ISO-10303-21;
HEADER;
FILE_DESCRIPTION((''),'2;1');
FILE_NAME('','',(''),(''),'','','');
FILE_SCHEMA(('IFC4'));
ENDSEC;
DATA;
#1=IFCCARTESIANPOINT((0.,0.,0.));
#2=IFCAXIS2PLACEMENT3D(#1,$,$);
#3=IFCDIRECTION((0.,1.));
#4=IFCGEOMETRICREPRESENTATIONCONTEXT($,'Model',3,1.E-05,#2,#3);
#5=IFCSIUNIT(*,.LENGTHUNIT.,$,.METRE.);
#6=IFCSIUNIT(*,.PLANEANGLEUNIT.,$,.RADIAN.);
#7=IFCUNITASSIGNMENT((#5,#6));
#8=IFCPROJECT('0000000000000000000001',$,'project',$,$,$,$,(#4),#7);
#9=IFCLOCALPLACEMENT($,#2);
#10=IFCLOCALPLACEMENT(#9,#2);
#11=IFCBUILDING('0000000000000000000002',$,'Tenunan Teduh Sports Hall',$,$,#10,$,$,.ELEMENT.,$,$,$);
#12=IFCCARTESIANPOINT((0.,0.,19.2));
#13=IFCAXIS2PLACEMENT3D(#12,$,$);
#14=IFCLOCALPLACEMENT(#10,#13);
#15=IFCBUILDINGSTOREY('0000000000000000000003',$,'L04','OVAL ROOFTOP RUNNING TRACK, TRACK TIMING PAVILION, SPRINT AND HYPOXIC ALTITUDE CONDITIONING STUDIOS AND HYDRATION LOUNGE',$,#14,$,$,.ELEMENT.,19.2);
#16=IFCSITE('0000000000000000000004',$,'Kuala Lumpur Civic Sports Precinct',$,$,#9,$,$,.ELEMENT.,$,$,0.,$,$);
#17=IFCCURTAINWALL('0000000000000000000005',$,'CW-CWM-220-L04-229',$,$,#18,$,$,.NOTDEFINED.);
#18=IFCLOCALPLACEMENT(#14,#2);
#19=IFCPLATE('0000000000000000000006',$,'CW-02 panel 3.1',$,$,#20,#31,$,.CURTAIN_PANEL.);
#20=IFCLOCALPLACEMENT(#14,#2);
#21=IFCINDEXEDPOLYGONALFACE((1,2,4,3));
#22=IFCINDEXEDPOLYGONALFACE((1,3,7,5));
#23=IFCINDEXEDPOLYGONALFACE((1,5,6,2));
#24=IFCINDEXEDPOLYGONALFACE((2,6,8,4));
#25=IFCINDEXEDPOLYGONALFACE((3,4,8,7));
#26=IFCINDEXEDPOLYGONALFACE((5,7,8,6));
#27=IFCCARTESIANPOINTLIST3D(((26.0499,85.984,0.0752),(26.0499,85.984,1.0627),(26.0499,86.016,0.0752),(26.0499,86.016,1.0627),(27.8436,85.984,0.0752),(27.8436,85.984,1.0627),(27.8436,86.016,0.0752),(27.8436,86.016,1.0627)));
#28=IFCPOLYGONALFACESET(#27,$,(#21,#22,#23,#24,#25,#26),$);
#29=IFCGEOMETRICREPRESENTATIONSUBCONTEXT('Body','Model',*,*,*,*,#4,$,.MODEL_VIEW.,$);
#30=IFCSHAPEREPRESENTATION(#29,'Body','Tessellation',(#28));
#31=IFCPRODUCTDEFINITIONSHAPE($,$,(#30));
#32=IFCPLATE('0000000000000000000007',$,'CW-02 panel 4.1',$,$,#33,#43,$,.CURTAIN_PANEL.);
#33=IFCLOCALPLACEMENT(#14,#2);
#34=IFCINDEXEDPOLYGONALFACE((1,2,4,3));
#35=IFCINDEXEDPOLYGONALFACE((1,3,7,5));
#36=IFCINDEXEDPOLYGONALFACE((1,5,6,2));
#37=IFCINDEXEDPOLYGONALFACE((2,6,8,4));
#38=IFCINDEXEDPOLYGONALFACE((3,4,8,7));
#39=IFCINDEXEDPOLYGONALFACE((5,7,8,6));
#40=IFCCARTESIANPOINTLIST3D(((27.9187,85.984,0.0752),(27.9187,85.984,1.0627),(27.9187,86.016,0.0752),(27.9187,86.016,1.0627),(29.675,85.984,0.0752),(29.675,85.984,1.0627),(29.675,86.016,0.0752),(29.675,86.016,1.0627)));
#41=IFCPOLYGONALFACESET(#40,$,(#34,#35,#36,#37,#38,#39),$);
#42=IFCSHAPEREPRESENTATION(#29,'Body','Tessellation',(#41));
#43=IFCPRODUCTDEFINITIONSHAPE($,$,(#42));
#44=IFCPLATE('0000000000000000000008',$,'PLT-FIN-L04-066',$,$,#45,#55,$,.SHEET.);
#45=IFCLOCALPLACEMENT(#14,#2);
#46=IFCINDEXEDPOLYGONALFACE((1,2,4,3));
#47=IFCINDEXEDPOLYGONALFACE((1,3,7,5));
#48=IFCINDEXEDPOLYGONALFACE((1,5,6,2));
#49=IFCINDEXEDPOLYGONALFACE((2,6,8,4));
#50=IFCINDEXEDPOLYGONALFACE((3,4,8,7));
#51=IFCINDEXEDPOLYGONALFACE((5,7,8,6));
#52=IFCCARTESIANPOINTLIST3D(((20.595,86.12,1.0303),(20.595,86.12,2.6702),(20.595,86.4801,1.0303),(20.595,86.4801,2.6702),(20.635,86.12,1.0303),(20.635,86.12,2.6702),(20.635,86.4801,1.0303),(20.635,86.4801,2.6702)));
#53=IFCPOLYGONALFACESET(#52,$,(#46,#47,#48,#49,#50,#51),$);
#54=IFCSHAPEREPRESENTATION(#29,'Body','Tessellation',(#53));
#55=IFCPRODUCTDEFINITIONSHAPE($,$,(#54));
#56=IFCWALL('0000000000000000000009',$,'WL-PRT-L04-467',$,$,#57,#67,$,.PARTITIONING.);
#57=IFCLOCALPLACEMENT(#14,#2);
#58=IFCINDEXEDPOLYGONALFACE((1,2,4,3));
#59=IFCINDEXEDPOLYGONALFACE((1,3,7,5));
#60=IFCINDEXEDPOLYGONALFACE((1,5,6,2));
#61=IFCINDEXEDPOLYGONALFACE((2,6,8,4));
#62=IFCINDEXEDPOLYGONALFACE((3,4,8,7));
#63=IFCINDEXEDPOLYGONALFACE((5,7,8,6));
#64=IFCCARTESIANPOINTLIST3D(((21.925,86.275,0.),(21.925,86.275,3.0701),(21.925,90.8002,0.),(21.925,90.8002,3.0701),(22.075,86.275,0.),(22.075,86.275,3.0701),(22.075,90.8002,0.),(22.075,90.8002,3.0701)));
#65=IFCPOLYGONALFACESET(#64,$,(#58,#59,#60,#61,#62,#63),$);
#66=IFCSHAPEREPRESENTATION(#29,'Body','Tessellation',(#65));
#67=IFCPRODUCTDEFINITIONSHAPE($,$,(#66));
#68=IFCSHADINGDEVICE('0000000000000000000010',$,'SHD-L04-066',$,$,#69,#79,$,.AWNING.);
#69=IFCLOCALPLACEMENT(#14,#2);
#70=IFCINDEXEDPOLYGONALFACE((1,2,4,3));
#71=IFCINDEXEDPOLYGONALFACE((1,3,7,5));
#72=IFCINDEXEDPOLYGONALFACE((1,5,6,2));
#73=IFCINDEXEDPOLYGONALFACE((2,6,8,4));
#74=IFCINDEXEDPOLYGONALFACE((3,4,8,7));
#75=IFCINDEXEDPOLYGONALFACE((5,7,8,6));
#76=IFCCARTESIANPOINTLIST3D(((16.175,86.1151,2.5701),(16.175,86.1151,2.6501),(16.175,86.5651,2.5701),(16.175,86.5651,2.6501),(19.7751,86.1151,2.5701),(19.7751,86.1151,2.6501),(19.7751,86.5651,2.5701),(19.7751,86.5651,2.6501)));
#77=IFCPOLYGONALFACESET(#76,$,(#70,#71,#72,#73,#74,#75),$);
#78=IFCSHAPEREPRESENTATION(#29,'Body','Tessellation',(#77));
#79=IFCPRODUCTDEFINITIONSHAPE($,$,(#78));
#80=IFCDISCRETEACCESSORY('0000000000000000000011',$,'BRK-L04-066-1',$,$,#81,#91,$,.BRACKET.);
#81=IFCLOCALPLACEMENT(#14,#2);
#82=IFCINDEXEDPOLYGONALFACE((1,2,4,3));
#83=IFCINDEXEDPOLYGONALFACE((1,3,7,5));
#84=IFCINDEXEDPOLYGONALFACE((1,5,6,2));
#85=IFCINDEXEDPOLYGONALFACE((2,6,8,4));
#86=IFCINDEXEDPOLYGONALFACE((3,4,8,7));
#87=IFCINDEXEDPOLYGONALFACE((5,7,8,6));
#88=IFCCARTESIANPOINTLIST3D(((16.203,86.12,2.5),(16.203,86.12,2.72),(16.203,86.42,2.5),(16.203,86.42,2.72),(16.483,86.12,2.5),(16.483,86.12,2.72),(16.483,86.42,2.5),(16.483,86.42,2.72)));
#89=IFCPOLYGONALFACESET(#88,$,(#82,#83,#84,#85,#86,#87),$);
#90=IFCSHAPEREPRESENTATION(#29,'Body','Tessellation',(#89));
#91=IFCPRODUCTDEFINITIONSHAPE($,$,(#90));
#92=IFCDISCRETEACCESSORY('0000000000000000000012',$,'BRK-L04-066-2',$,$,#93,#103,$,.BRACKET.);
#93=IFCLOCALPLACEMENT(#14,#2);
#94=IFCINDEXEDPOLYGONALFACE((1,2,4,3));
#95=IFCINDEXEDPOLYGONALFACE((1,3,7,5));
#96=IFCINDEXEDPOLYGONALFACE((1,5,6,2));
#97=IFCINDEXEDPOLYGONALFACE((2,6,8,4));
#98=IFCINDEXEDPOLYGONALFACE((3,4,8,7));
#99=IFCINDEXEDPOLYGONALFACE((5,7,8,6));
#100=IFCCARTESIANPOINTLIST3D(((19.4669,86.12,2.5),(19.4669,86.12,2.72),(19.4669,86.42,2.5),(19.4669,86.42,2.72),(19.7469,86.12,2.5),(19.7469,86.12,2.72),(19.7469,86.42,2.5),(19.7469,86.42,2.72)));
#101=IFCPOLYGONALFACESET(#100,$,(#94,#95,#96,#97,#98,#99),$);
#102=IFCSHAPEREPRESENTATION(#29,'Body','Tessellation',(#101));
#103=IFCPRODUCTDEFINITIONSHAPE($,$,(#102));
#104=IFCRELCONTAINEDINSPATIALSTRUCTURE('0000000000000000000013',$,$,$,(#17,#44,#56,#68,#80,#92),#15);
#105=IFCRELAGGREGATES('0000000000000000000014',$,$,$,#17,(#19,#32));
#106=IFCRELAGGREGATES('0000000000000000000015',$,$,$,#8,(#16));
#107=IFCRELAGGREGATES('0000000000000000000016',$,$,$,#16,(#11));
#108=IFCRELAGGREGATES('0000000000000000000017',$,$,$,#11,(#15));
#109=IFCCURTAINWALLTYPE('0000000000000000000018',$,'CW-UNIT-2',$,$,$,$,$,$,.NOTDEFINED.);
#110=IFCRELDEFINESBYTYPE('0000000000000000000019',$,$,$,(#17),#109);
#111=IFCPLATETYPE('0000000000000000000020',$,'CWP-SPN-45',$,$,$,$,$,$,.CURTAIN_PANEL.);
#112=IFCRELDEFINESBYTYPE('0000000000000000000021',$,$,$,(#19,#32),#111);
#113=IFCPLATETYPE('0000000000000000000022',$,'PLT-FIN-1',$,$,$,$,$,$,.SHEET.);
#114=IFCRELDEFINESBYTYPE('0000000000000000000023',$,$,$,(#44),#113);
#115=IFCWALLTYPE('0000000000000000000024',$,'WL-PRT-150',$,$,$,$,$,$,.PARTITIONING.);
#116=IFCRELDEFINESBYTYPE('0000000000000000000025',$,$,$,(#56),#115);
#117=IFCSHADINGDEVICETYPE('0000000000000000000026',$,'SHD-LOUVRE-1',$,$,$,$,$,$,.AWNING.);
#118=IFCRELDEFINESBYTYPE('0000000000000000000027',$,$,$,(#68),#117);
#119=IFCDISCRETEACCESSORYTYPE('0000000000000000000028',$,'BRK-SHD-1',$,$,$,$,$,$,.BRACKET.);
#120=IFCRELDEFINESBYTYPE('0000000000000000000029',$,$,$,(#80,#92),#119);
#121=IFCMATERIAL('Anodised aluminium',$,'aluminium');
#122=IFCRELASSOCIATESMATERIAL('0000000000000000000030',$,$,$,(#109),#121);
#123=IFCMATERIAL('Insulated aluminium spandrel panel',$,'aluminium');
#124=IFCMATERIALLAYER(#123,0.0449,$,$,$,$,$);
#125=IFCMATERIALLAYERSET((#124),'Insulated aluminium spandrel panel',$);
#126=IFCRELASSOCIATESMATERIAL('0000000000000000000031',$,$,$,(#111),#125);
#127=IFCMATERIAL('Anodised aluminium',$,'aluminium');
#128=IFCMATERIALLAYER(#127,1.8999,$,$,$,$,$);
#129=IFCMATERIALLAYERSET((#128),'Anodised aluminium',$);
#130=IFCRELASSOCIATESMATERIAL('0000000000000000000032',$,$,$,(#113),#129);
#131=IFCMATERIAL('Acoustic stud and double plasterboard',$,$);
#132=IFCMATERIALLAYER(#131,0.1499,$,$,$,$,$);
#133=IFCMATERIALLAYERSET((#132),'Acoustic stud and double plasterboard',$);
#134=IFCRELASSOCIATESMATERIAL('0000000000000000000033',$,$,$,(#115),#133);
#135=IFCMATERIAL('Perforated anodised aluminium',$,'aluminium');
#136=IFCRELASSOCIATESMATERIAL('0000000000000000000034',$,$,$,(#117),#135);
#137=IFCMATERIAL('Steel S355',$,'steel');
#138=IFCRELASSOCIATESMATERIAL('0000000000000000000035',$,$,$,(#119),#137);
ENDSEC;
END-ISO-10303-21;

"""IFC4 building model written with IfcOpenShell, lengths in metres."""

from ifc_helpers import new_model, si_unit, direction, frame, frame_2d, origin, origin_2d, place, context, subcontext, project, spatial, rectangle, extrude, material, layer, layer_set, type_object, element, aggregate, save


model = new_model("IFC4")

# Units and contexts
model_context = context("Model", 3, precision=1e-05, world=origin(), true_north=direction((0.0, 1.0)))
body_context = subcontext(model_context, "Body", "Model", "MODEL_VIEW")
ifc_project = project(units=[si_unit("LENGTHUNIT", "METRE"), si_unit("PLANEANGLEUNIT", "RADIAN")], contexts=[model_context])

# Site, building, storey
site_placement = place(None, origin())
site = spatial("IfcSite", under=ifc_project, at=site_placement, Name="Kuala Lumpur Civic Sports Precinct", CompositionType="ELEMENT", RefElevation=0.0)
building_placement = place(site_placement, origin())
building = spatial("IfcBuilding", under=site, at=building_placement, Name="Tenunan Teduh Sports Hall", CompositionType="ELEMENT")
storey_placement = place(building_placement, frame((0.0, 0.0, 19.2)))
storey = spatial("IfcBuildingStorey", under=building, at=storey_placement, Name="L04", Description="OVAL ROOFTOP RUNNING TRACK, TRACK TIMING PAVILION, SPRINT AND HYPOXIC ALTITUDE CONDITIONING STUDIOS AND HYDRATION LOUNGE", CompositionType="ELEMENT", Elevation=19.2)

# Curtain wall, plates
ifc_material_1 = material(Name="Anodised aluminium", Category="aluminium")
curtain_wall_type = type_object("IfcCurtainWallType", Name="CW-UNIT-2", PredefinedType="NOTDEFINED", material=ifc_material_1)
curtain_wall_placement = place(storey_placement, origin())
curtain_wall = element("IfcCurtainWall", 1, at=curtain_wall_placement, inside=storey, type_object=curtain_wall_type, Name="CW-CWM-220-L04-229", PredefinedType="NOTDEFINED")
ifc_material_2 = material(Name="Insulated aluminium spandrel panel", Category="aluminium")
ifc_layer_1 = layer(ifc_material_2, 0.0449)
ifc_layer_set_1 = layer_set([ifc_layer_1], Name="Insulated aluminium spandrel panel")
plate_type_1 = type_object("IfcPlateType", Name="CWP-SPN-45", PredefinedType="CURTAIN_PANEL", material=ifc_layer_set_1)
plate_1_placement = place(storey_placement, frame((26.9468, 86.0, 0.0752), z_axis=(0.0, 0.0, 1.0), x_axis=(1.0, 0.0, 0.0)))
plate_1 = element("IfcPlate", 2, at=plate_1_placement, type_object=plate_type_1, Name="CW-02 panel 3.1", PredefinedType="CURTAIN_PANEL", context=body_context, shape_type="SweptSolid", body=[
    extrude(rectangle(XDim=1.7937, YDim=0.032, at=origin_2d()), origin(), (0.0, 0.0, 1.0), 0.9875),
])
plate_2_placement = place(storey_placement, frame((28.7969, 86.0, 0.0752), z_axis=(0.0, 0.0, 1.0), x_axis=(1.0, 0.0, 0.0)))
plate_2 = element("IfcPlate", 3, at=plate_2_placement, type_object=plate_type_1, Name="CW-02 panel 4.1", PredefinedType="CURTAIN_PANEL", context=body_context, shape_type="SweptSolid", body=[
    extrude(rectangle(XDim=1.7563, YDim=0.032, at=origin_2d()), origin(), (0.0, 0.0, 1.0), 0.9875),
])
aggregate(curtain_wall, [plate_1, plate_2])

# Plate
ifc_material_3 = material(Name="Anodised aluminium", Category="aluminium")
ifc_layer_2 = layer(ifc_material_3, 1.8999)
ifc_layer_set_2 = layer_set([ifc_layer_2], Name="Anodised aluminium")
plate_type_2 = type_object("IfcPlateType", Name="PLT-FIN-1", PredefinedType="SHEET", material=ifc_layer_set_2)
plate_3_placement = place(storey_placement, frame((20.615, 86.3, 1.0303), z_axis=(0.0, 0.0, 1.0), x_axis=(1.0, 0.0, 0.0)))
element("IfcPlate", 4, at=plate_3_placement, inside=storey, type_object=plate_type_2, Name="PLT-FIN-L04-066", PredefinedType="SHEET", context=body_context, shape_type="SweptSolid", body=[
    extrude(rectangle(XDim=0.04, YDim=0.3601, at=origin_2d()), origin(), (0.0, 0.0, 1.0), 1.6399),
])

# Wall
ifc_material_4 = material(Name="Acoustic stud and double plasterboard")
ifc_layer_3 = layer(ifc_material_4, 0.1499)
ifc_layer_set_3 = layer_set([ifc_layer_3], Name="Acoustic stud and double plasterboard")
wall_type = type_object("IfcWallType", Name="WL-PRT-150", PredefinedType="PARTITIONING", material=ifc_layer_set_3)
wall_placement = place(storey_placement, frame((22.0, 86.2749, 0.0), z_axis=(0.0, 0.0, 1.0), x_axis=(0.0, 1.0, 0.0)))
element("IfcWall", 5, at=wall_placement, inside=storey, type_object=wall_type, Name="WL-PRT-L04-467", PredefinedType="PARTITIONING", context=body_context, shape_type="SweptSolid", body=[
    extrude(rectangle(XDim=4.5251, YDim=0.1499, at=frame_2d((2.2627, 0.0))), origin(), (0.0, 0.0, 1.0), 3.0701),
])

# Shading device
ifc_material_5 = material(Name="Perforated anodised aluminium", Category="aluminium")
shading_device_type = type_object("IfcShadingDeviceType", Name="SHD-LOUVRE-1", PredefinedType="AWNING", material=ifc_material_5)
shading_device_placement = place(storey_placement, frame((17.9751, 86.3401, 2.5701), z_axis=(0.0, 0.0, 1.0), x_axis=(1.0, 0.0, 0.0)))
element("IfcShadingDevice", 6, at=shading_device_placement, inside=storey, type_object=shading_device_type, Name="SHD-L04-066", PredefinedType="AWNING", context=body_context, shape_type="SweptSolid", body=[
    extrude(rectangle(XDim=3.6001, YDim=0.45, at=origin_2d()), origin(), (0.0, 0.0, 1.0), 0.0801),
])

# Discrete accessories
ifc_material_6 = material(Name="Steel S355", Category="steel")
discrete_accessory_type = type_object("IfcDiscreteAccessoryType", Name="BRK-SHD-1", PredefinedType="BRACKET", material=ifc_material_6)
for number, where, z_axis, x_axis, name in (
    (7, (16.343, 86.27, 2.5), (0.0, 0.0, 1.0), (1.0, 0.0, 0.0), "BRK-L04-066-1"),
    (8, (19.6069, 86.27, 2.5), (0.0, 0.0, 1.0), (1.0, 0.0, 0.0), "BRK-L04-066-2"),
):
    element("IfcDiscreteAccessory", number, at=place(storey_placement, frame(where, z_axis=z_axis, x_axis=x_axis)), inside=storey, type_object=discrete_accessory_type, Name=name, PredefinedType="BRACKET", context=body_context, shape_type="SweptSolid", body=[
        extrude(rectangle(XDim=0.28, YDim=0.3, at=origin_2d()), origin(), (0.0, 0.0, 1.0), 0.22),
    ])

save(model, "model.ifc")
